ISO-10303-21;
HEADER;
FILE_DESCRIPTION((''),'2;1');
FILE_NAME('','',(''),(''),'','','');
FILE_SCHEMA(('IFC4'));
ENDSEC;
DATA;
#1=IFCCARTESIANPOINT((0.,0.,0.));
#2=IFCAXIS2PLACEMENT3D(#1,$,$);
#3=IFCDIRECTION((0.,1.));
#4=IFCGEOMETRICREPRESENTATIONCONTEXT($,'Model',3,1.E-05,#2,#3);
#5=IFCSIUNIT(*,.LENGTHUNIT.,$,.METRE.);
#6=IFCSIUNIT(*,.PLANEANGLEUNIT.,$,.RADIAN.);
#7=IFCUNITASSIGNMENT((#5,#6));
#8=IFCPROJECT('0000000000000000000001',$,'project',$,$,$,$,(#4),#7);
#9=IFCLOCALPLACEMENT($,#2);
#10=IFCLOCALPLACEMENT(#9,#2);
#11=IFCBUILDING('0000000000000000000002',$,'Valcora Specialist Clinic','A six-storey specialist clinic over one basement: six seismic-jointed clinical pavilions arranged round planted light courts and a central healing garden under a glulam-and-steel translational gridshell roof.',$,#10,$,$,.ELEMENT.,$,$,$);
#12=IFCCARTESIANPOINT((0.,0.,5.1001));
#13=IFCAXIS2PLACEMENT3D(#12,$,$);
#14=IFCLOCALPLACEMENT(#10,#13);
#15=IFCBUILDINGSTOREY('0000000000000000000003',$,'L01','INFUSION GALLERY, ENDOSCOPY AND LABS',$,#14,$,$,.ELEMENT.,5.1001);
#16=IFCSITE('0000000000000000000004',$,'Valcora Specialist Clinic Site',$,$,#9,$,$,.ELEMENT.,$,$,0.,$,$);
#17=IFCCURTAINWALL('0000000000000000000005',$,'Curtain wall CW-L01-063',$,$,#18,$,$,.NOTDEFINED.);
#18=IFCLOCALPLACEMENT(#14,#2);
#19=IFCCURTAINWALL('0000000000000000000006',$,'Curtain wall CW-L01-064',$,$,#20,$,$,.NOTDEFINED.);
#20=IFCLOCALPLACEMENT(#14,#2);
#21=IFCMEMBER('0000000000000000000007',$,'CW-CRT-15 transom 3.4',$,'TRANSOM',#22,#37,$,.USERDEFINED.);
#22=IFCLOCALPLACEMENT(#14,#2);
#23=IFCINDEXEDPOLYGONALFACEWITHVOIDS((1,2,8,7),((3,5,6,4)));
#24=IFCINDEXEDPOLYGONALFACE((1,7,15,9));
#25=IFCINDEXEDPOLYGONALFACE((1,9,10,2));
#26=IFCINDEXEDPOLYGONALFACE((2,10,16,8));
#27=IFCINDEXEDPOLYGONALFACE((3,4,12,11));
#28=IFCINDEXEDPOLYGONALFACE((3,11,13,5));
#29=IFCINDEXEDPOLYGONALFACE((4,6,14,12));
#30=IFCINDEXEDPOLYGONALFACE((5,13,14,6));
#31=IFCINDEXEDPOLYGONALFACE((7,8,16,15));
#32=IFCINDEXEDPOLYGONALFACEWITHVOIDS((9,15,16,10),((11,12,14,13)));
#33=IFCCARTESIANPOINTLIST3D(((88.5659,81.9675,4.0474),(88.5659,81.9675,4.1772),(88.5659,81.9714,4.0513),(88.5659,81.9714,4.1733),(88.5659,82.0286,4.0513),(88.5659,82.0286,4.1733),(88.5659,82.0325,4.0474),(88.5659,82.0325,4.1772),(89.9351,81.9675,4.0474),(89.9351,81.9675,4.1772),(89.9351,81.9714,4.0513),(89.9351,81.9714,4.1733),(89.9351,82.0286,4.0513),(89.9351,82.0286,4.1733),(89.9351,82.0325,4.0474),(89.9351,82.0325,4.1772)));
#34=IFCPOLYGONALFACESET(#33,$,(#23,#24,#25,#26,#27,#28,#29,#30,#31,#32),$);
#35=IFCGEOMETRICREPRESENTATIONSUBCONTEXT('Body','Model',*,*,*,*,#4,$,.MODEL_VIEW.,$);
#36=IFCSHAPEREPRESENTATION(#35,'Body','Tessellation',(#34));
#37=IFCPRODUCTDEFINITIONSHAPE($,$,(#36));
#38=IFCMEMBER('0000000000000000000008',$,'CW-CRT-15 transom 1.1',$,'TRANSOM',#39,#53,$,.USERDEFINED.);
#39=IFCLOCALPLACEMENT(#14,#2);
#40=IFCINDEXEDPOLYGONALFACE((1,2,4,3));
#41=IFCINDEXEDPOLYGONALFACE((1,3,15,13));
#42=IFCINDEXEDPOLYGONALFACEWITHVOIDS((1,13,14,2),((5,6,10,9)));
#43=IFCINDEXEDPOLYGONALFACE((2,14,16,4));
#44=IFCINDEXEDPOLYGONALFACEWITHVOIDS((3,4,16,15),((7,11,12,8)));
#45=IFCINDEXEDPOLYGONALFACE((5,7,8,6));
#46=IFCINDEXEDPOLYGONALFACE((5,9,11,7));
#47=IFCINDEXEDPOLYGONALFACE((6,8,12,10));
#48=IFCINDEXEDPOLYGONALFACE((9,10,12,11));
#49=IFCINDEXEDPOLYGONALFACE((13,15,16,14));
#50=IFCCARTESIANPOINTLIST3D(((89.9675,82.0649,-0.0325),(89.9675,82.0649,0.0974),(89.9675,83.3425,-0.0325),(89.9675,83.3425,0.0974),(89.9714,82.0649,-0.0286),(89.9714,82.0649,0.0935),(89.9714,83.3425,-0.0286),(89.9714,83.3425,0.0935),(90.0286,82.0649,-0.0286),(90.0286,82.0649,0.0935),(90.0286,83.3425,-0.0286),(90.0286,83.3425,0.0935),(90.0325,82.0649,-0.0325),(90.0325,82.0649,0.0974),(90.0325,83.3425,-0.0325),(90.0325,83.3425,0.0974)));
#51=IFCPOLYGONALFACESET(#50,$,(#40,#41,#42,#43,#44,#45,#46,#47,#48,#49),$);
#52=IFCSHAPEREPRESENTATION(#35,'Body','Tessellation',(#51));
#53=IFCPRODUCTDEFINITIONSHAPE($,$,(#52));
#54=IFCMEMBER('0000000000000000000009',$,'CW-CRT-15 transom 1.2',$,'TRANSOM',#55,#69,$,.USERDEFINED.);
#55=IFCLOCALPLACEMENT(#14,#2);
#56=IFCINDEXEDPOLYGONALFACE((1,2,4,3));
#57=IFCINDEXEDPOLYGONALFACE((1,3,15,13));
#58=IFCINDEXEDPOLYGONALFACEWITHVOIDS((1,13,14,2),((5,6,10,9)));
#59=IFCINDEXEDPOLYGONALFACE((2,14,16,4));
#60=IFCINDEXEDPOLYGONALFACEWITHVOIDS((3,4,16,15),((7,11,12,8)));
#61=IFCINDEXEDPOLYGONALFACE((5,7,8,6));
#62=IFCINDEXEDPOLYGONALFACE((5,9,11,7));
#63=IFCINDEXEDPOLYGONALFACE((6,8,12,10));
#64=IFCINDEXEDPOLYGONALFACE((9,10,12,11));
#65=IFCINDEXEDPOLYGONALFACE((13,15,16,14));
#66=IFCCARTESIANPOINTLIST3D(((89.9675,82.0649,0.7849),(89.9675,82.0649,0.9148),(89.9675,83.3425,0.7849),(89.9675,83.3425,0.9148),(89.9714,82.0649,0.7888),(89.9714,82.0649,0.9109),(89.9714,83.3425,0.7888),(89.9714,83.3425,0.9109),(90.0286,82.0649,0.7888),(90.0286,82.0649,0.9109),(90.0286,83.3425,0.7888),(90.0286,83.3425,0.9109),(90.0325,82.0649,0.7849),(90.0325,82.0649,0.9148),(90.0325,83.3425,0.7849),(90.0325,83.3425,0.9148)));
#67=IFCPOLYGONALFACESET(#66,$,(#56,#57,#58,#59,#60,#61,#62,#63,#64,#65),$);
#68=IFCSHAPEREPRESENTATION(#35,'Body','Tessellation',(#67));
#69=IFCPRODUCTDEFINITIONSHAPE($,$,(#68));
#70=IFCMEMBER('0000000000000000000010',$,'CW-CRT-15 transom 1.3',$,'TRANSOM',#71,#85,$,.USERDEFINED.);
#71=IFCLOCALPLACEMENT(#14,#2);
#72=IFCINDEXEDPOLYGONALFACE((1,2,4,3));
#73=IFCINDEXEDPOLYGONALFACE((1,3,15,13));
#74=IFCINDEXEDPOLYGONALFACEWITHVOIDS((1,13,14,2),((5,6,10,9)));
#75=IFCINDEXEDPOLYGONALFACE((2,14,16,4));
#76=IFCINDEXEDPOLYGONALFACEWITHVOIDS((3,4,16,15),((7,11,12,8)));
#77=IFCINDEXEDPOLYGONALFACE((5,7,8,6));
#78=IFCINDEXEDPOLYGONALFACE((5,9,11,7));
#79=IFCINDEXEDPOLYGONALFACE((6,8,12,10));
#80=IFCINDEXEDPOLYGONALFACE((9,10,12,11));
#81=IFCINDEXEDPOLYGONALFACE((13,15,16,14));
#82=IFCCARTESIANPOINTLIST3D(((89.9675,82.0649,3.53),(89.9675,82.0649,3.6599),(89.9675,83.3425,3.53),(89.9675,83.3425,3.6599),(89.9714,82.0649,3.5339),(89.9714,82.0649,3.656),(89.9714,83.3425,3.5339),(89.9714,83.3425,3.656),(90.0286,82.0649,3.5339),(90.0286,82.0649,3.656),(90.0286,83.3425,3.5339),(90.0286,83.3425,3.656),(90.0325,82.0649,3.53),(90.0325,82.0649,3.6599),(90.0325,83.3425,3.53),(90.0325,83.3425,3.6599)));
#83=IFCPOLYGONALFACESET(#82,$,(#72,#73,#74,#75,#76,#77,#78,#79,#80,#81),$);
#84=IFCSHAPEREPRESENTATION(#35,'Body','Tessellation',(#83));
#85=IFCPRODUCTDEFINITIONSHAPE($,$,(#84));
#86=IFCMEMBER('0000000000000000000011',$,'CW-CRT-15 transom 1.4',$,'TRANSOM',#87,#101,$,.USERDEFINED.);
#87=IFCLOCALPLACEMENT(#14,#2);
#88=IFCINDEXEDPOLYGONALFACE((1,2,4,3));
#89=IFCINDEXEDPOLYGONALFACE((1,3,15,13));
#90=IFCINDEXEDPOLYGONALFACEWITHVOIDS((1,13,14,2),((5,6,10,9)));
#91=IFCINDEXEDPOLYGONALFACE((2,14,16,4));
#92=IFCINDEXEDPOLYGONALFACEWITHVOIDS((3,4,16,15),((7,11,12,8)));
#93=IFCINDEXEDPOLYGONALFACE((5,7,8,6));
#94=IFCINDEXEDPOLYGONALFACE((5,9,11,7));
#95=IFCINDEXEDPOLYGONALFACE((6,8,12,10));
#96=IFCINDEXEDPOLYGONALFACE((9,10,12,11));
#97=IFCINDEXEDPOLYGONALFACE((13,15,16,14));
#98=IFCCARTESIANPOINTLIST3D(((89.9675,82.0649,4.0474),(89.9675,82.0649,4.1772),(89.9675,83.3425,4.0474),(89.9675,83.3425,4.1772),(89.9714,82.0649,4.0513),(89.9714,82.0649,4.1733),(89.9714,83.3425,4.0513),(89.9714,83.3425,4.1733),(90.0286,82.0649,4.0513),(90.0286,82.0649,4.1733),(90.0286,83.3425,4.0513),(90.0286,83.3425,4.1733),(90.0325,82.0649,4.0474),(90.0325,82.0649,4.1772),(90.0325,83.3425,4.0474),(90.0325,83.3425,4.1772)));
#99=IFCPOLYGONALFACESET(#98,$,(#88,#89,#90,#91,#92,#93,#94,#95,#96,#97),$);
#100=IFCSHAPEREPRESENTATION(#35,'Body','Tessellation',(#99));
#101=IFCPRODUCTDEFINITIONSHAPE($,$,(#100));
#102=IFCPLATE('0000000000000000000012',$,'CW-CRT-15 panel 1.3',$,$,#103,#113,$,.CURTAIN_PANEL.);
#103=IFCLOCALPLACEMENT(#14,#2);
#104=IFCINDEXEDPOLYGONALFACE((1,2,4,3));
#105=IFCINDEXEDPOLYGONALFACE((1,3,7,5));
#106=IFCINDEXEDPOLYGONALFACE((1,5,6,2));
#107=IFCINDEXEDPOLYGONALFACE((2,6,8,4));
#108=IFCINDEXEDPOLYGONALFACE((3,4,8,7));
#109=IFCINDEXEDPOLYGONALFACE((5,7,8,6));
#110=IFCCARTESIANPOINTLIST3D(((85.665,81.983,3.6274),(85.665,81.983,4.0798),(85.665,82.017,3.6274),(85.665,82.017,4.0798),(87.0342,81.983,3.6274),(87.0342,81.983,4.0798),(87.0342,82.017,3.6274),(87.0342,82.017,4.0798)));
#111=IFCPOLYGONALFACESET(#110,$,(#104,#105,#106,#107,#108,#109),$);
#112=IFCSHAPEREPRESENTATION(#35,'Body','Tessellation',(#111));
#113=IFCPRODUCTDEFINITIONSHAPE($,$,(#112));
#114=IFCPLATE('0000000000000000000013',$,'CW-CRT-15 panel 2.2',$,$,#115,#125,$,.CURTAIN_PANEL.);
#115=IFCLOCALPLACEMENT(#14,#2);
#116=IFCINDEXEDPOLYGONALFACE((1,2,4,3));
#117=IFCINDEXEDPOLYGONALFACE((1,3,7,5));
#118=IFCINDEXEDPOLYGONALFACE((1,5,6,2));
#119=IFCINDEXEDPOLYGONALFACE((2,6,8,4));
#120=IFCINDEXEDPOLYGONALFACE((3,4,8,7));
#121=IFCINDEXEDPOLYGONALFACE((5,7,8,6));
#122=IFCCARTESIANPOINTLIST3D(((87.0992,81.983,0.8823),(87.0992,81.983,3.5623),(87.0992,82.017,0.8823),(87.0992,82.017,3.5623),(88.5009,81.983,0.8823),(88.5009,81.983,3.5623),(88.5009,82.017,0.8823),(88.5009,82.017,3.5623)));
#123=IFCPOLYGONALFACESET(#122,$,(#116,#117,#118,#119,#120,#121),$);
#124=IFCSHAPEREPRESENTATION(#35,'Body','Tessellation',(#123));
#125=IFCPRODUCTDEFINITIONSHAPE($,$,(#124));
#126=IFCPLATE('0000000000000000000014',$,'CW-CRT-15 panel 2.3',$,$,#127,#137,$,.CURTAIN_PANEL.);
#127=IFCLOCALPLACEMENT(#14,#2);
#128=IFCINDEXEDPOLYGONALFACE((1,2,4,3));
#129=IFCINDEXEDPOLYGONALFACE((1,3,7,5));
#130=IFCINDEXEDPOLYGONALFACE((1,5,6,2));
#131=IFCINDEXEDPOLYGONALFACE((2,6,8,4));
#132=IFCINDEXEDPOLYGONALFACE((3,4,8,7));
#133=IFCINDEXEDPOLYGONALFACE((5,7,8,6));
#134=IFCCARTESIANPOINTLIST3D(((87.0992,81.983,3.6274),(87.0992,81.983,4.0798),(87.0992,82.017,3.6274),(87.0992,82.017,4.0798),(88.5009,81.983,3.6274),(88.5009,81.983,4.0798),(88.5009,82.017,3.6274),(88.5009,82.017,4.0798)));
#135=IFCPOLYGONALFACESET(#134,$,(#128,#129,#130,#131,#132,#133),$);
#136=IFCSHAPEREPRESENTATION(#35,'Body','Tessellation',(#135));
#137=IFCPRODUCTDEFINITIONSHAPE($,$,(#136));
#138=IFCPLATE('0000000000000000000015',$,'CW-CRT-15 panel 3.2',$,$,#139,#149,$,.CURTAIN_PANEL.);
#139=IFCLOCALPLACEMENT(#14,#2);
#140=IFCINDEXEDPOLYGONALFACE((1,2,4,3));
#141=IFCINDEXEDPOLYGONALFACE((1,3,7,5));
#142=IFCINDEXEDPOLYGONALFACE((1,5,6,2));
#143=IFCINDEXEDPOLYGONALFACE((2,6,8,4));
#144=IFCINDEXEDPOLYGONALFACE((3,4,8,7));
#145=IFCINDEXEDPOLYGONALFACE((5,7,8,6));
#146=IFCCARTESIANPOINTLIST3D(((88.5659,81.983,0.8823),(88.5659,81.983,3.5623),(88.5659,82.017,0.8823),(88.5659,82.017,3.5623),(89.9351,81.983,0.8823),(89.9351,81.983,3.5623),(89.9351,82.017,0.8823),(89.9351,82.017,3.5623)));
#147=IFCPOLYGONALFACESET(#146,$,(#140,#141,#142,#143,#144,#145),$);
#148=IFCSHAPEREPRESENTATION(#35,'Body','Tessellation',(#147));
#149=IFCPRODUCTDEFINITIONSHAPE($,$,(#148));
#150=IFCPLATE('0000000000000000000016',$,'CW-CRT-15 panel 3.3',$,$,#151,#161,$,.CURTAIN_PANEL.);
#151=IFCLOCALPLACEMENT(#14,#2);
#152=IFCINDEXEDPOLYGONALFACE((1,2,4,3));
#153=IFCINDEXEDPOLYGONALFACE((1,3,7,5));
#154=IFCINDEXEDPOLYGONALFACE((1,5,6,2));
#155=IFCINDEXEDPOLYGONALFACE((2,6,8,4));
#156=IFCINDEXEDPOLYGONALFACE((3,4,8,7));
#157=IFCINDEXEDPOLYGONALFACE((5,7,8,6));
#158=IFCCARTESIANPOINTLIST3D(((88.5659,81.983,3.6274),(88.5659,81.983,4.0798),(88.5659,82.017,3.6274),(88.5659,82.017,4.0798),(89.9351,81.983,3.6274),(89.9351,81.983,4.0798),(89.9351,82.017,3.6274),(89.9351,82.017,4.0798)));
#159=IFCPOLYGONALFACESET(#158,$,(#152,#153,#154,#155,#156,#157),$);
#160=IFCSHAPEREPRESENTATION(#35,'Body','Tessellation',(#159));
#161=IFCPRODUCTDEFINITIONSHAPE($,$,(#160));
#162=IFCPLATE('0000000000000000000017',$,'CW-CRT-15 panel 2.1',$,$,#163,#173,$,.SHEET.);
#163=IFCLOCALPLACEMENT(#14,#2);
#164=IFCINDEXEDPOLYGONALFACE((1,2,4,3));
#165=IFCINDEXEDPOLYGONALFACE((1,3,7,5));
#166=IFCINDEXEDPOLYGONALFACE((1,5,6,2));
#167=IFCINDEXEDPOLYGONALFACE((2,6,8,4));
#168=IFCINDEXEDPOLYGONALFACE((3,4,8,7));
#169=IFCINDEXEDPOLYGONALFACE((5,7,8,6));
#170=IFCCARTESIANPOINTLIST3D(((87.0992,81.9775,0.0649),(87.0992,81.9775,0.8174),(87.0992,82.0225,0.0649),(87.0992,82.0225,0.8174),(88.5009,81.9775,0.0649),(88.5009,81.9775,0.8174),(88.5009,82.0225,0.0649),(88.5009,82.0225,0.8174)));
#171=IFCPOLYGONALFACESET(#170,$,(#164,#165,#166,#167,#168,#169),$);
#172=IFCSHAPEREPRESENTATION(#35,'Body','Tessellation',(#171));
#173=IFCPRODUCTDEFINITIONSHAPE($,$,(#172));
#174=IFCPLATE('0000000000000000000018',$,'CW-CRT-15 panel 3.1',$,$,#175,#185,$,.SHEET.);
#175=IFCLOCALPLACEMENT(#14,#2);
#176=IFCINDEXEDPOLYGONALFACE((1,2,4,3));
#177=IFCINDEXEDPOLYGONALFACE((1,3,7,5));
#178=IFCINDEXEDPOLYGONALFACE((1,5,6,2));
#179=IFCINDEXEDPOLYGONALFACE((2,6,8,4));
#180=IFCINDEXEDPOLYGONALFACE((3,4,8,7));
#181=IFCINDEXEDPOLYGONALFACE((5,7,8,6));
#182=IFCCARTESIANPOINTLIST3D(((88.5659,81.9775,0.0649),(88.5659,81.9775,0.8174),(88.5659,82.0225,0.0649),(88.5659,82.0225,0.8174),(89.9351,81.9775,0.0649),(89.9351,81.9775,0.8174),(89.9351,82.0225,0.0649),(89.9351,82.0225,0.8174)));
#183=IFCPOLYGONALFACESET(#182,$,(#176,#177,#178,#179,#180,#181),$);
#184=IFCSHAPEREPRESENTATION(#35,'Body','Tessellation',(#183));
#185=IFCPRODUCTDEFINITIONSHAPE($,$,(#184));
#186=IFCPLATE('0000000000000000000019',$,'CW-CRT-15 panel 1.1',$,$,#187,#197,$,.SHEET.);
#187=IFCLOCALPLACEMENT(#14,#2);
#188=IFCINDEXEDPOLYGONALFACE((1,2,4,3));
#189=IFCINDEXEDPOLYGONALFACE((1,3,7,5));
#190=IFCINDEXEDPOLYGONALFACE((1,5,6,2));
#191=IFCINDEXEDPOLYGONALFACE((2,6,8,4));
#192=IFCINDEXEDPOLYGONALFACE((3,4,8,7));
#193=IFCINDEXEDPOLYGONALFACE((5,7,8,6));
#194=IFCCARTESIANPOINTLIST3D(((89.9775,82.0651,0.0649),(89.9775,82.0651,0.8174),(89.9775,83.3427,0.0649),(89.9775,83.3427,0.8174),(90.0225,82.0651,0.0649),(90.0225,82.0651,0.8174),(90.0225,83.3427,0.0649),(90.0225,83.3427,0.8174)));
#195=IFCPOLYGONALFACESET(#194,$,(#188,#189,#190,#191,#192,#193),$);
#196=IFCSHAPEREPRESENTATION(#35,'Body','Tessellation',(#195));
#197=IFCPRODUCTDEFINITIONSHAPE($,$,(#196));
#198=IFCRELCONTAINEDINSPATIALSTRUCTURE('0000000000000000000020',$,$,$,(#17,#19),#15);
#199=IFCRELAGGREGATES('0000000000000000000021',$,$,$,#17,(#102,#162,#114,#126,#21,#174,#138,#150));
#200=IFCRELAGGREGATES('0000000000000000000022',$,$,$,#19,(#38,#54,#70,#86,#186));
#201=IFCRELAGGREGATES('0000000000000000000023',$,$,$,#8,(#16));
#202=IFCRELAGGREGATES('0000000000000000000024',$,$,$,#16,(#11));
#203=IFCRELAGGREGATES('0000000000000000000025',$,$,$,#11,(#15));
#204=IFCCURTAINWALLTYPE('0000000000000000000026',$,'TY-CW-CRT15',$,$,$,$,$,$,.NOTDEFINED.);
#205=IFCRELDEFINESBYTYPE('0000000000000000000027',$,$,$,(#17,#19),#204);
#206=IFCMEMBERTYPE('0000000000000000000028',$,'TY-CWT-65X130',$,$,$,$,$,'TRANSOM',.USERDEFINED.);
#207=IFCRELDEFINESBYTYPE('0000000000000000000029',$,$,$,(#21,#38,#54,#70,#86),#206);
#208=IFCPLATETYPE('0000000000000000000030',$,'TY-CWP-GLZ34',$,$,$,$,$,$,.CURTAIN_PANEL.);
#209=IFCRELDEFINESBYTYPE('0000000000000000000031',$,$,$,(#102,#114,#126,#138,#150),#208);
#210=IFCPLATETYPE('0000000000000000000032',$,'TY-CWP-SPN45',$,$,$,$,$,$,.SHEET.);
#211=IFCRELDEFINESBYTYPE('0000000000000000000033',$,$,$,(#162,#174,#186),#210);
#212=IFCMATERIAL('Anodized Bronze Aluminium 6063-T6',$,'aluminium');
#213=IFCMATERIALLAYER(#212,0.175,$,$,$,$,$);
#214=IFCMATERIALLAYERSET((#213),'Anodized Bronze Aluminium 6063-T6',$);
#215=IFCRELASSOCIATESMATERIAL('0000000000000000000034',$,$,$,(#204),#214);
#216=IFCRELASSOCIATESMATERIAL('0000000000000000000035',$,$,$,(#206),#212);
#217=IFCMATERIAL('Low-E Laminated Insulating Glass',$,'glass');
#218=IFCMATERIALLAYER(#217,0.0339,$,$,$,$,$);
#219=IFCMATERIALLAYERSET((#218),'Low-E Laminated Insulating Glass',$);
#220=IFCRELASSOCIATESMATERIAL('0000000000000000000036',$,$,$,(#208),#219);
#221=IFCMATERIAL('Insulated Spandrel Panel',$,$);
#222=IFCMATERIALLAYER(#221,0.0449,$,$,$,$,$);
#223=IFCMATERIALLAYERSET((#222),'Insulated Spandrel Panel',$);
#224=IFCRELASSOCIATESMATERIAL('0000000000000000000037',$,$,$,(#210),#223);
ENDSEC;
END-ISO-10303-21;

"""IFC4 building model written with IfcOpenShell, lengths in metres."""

from ifc_helpers import new_model, si_unit, direction, frame, origin, origin_2d, place, context, subcontext, project, spatial, rectangle, hollow_rectangle, extrude, material, layer, layer_set, material_profile, profile_set, type_object, element, aggregate, save


model = new_model("IFC4")

# Units and contexts
model_context = context("Model", 3, precision=1e-05, world=origin(), true_north=direction((0.0, 1.0)))
body_context = subcontext(model_context, "Body", "Model", "MODEL_VIEW")
ifc_project = project(units=[si_unit("LENGTHUNIT", "METRE"), si_unit("PLANEANGLEUNIT", "RADIAN")], contexts=[model_context])

# Site, building, storey
site_placement = place(None, origin())
site = spatial("IfcSite", under=ifc_project, at=site_placement, Name="Valcora Specialist Clinic Site", CompositionType="ELEMENT", RefElevation=0.0)
building_placement = place(site_placement, origin())
building = spatial("IfcBuilding", under=site, at=building_placement, Name="Valcora Specialist Clinic", Description="A six-storey specialist clinic over one basement: six seismic-jointed clinical pavilions arranged round planted light courts and a central healing garden under a glulam-and-steel translational gridshell roof.", CompositionType="ELEMENT")
storey_placement = place(building_placement, frame((0.0, 0.0, 5.1001)))
storey = spatial("IfcBuildingStorey", under=building, at=storey_placement, Name="L01", Description="INFUSION GALLERY, ENDOSCOPY AND LABS", CompositionType="ELEMENT", Elevation=5.1001)

# Curtain wall
ifc_material_1 = material(Name="Anodized Bronze Aluminium 6063-T6", Category="aluminium")
ifc_layer_1 = layer(ifc_material_1, 0.175)
ifc_layer_set_1 = layer_set([ifc_layer_1], Name="Anodized Bronze Aluminium 6063-T6")
curtain_wall_type = type_object("IfcCurtainWallType", Name="TY-CW-CRT15", PredefinedType="NOTDEFINED", material=ifc_layer_set_1)
curtain_wall_1_placement = place(storey_placement, origin())
curtain_wall_1 = element("IfcCurtainWall", 1, at=curtain_wall_1_placement, inside=storey, type_object=curtain_wall_type, Name="Curtain wall CW-L01-063", PredefinedType="NOTDEFINED")

# Curtain wall
curtain_wall_2_placement = place(storey_placement, origin())
curtain_wall_2 = element("IfcCurtainWall", 2, at=curtain_wall_2_placement, inside=storey, type_object=curtain_wall_type, Name="Curtain wall CW-L01-064", PredefinedType="NOTDEFINED")

# Members
ifc_material_profile_1 = material_profile(ifc_material_1, hollow_rectangle(XDim=0.0649, YDim=0.1299, WallThickness=0.0039, at=origin_2d()), Name="AL-TRN-65X130")
ifc_profile_set_1 = profile_set([ifc_material_profile_1], Name="Anodized Bronze Aluminium 6063-T6")
member_type_1 = type_object("IfcMemberType", Name="TY-CWT-65X130", ElementType="TRANSOM", PredefinedType="USERDEFINED", material=ifc_profile_set_1)
member_1_placement = place(storey_placement, frame((88.5659, 82.0, 4.1123), z_axis=(1.0, 0.0, 0.0), x_axis=(0.0, 1.0, 0.0)))
member_1 = element("IfcMember", 3, at=member_1_placement, type_object=member_type_1, Name="CW-CRT-15 transom 3.4", ObjectType="TRANSOM", PredefinedType="USERDEFINED", context=body_context, shape_type="SweptSolid", body=[
    extrude(hollow_rectangle(XDim=0.0649, YDim=0.1299, WallThickness=0.0039, at=origin_2d()), origin(), (0.0, 0.0, 1.0), 1.3691),
])
member_2_placement = place(storey_placement, frame((90.0, 82.0649, 0.0325), z_axis=(0.0, 1.0, 0.0), x_axis=(-1.0, 0.0, 0.0)))
member_2 = element("IfcMember", 4, at=member_2_placement, type_object=member_type_1, Name="CW-CRT-15 transom 1.1", ObjectType="TRANSOM", PredefinedType="USERDEFINED", context=body_context, shape_type="SweptSolid", body=[
    extrude(hollow_rectangle(XDim=0.0649, YDim=0.1299, WallThickness=0.0039, at=origin_2d()), origin(), (0.0, 0.0, 1.0), 1.2776),
])
member_3_placement = place(storey_placement, frame((90.0, 82.0649, 0.8499), z_axis=(0.0, 1.0, 0.0), x_axis=(-1.0, 0.0, 0.0)))
member_3 = element("IfcMember", 5, at=member_3_placement, type_object=member_type_1, Name="CW-CRT-15 transom 1.2", ObjectType="TRANSOM", PredefinedType="USERDEFINED", context=body_context, shape_type="SweptSolid", body=[
    extrude(hollow_rectangle(XDim=0.0649, YDim=0.1299, WallThickness=0.0039, at=origin_2d()), origin(), (0.0, 0.0, 1.0), 1.2776),
])
member_4_placement = place(storey_placement, frame((90.0, 82.0649, 3.595), z_axis=(0.0, 1.0, 0.0), x_axis=(-1.0, 0.0, 0.0)))
member_4 = element("IfcMember", 6, at=member_4_placement, type_object=member_type_1, Name="CW-CRT-15 transom 1.3", ObjectType="TRANSOM", PredefinedType="USERDEFINED", context=body_context, shape_type="SweptSolid", body=[
    extrude(hollow_rectangle(XDim=0.0649, YDim=0.1299, WallThickness=0.0039, at=origin_2d()), origin(), (0.0, 0.0, 1.0), 1.2776),
])
member_5_placement = place(storey_placement, frame((90.0, 82.0649, 4.1123), z_axis=(0.0, 1.0, 0.0), x_axis=(-1.0, 0.0, 0.0)))
member_5 = element("IfcMember", 7, at=member_5_placement, type_object=member_type_1, Name="CW-CRT-15 transom 1.4", ObjectType="TRANSOM", PredefinedType="USERDEFINED", context=body_context, shape_type="SweptSolid", body=[
    extrude(hollow_rectangle(XDim=0.0649, YDim=0.1299, WallThickness=0.0039, at=origin_2d()), origin(), (0.0, 0.0, 1.0), 1.2776),
])

# Plates
ifc_material_2 = material(Name="Low-E Laminated Insulating Glass", Category="glass")
ifc_layer_2 = layer(ifc_material_2, 0.0339)
ifc_layer_set_2 = layer_set([ifc_layer_2], Name="Low-E Laminated Insulating Glass")
plate_type_1 = type_object("IfcPlateType", Name="TY-CWP-GLZ34", PredefinedType="CURTAIN_PANEL", material=ifc_layer_set_2)
plate_1_placement = place(storey_placement, frame((86.3496, 82.0, 3.6274), z_axis=(0.0, 0.0, 1.0), x_axis=(1.0, 0.0, 0.0)))
plate_1 = element("IfcPlate", 8, at=plate_1_placement, type_object=plate_type_1, Name="CW-CRT-15 panel 1.3", PredefinedType="CURTAIN_PANEL", context=body_context, shape_type="SweptSolid", body=[
    extrude(rectangle(XDim=1.3691, YDim=0.0339, at=origin_2d()), origin(), (0.0, 0.0, 1.0), 0.4524),
])
plate_2_placement = place(storey_placement, frame((87.8, 82.0, 0.8823), z_axis=(0.0, 0.0, 1.0), x_axis=(1.0, 0.0, 0.0)))
plate_2 = element("IfcPlate", 9, at=plate_2_placement, type_object=plate_type_1, Name="CW-CRT-15 panel 2.2", PredefinedType="CURTAIN_PANEL", context=body_context, shape_type="SweptSolid", body=[
    extrude(rectangle(XDim=1.4016, YDim=0.0339, at=origin_2d()), origin(), (0.0, 0.0, 1.0), 2.6799),
])
plate_3_placement = place(storey_placement, frame((87.8, 82.0, 3.6274), z_axis=(0.0, 0.0, 1.0), x_axis=(1.0, 0.0, 0.0)))
plate_3 = element("IfcPlate", 10, at=plate_3_placement, type_object=plate_type_1, Name="CW-CRT-15 panel 2.3", PredefinedType="CURTAIN_PANEL", context=body_context, shape_type="SweptSolid", body=[
    extrude(rectangle(XDim=1.4016, YDim=0.0339, at=origin_2d()), origin(), (0.0, 0.0, 1.0), 0.4524),
])
plate_4_placement = place(storey_placement, frame((89.2505, 82.0, 0.8823), z_axis=(0.0, 0.0, 1.0), x_axis=(1.0, 0.0, 0.0)))
plate_4 = element("IfcPlate", 11, at=plate_4_placement, type_object=plate_type_1, Name="CW-CRT-15 panel 3.2", PredefinedType="CURTAIN_PANEL", context=body_context, shape_type="SweptSolid", body=[
    extrude(rectangle(XDim=1.3691, YDim=0.0339, at=origin_2d()), origin(), (0.0, 0.0, 1.0), 2.6799),
])
plate_5_placement = place(storey_placement, frame((89.2505, 82.0, 3.6274), z_axis=(0.0, 0.0, 1.0), x_axis=(1.0, 0.0, 0.0)))
plate_5 = element("IfcPlate", 12, at=plate_5_placement, type_object=plate_type_1, Name="CW-CRT-15 panel 3.3", PredefinedType="CURTAIN_PANEL", context=body_context, shape_type="SweptSolid", body=[
    extrude(rectangle(XDim=1.3691, YDim=0.0339, at=origin_2d()), origin(), (0.0, 0.0, 1.0), 0.4524),
])
ifc_material_3 = material(Name="Insulated Spandrel Panel")
ifc_layer_3 = layer(ifc_material_3, 0.0449)
ifc_layer_set_3 = layer_set([ifc_layer_3], Name="Insulated Spandrel Panel")
plate_type_2 = type_object("IfcPlateType", Name="TY-CWP-SPN45", PredefinedType="SHEET", material=ifc_layer_set_3)
plate_6_placement = place(storey_placement, frame((87.8, 82.0, 0.0649), z_axis=(0.0, 0.0, 1.0), x_axis=(1.0, 0.0, 0.0)))
plate_6 = element("IfcPlate", 13, at=plate_6_placement, type_object=plate_type_2, Name="CW-CRT-15 panel 2.1", PredefinedType="SHEET", context=body_context, shape_type="SweptSolid", body=[
    extrude(rectangle(XDim=1.4016, YDim=0.0449, at=origin_2d()), origin(), (0.0, 0.0, 1.0), 0.7524),
])
plate_7_placement = place(storey_placement, frame((89.2505, 82.0, 0.0649), z_axis=(0.0, 0.0, 1.0), x_axis=(1.0, 0.0, 0.0)))
plate_7 = element("IfcPlate", 14, at=plate_7_placement, type_object=plate_type_2, Name="CW-CRT-15 panel 3.1", PredefinedType="SHEET", context=body_context, shape_type="SweptSolid", body=[
    extrude(rectangle(XDim=1.3691, YDim=0.0449, at=origin_2d()), origin(), (0.0, 0.0, 1.0), 0.7524),
])
aggregate(curtain_wall_1, [plate_1, plate_6, plate_2, plate_3, member_1, plate_7, plate_4, plate_5])
plate_8_placement = place(storey_placement, frame((90.0, 82.7039, 0.0649), z_axis=(0.0, 0.0, 1.0), x_axis=(0.0, 1.0, 0.0)))
plate_8 = element("IfcPlate", 15, at=plate_8_placement, type_object=plate_type_2, Name="CW-CRT-15 panel 1.1", PredefinedType="SHEET", context=body_context, shape_type="SweptSolid", body=[
    extrude(rectangle(XDim=1.2776, YDim=0.0449, at=origin_2d()), origin(), (0.0, 0.0, 1.0), 0.7524),
])
aggregate(curtain_wall_2, [member_2, member_3, member_4, member_5, plate_8])

save(model, "model.ifc")
